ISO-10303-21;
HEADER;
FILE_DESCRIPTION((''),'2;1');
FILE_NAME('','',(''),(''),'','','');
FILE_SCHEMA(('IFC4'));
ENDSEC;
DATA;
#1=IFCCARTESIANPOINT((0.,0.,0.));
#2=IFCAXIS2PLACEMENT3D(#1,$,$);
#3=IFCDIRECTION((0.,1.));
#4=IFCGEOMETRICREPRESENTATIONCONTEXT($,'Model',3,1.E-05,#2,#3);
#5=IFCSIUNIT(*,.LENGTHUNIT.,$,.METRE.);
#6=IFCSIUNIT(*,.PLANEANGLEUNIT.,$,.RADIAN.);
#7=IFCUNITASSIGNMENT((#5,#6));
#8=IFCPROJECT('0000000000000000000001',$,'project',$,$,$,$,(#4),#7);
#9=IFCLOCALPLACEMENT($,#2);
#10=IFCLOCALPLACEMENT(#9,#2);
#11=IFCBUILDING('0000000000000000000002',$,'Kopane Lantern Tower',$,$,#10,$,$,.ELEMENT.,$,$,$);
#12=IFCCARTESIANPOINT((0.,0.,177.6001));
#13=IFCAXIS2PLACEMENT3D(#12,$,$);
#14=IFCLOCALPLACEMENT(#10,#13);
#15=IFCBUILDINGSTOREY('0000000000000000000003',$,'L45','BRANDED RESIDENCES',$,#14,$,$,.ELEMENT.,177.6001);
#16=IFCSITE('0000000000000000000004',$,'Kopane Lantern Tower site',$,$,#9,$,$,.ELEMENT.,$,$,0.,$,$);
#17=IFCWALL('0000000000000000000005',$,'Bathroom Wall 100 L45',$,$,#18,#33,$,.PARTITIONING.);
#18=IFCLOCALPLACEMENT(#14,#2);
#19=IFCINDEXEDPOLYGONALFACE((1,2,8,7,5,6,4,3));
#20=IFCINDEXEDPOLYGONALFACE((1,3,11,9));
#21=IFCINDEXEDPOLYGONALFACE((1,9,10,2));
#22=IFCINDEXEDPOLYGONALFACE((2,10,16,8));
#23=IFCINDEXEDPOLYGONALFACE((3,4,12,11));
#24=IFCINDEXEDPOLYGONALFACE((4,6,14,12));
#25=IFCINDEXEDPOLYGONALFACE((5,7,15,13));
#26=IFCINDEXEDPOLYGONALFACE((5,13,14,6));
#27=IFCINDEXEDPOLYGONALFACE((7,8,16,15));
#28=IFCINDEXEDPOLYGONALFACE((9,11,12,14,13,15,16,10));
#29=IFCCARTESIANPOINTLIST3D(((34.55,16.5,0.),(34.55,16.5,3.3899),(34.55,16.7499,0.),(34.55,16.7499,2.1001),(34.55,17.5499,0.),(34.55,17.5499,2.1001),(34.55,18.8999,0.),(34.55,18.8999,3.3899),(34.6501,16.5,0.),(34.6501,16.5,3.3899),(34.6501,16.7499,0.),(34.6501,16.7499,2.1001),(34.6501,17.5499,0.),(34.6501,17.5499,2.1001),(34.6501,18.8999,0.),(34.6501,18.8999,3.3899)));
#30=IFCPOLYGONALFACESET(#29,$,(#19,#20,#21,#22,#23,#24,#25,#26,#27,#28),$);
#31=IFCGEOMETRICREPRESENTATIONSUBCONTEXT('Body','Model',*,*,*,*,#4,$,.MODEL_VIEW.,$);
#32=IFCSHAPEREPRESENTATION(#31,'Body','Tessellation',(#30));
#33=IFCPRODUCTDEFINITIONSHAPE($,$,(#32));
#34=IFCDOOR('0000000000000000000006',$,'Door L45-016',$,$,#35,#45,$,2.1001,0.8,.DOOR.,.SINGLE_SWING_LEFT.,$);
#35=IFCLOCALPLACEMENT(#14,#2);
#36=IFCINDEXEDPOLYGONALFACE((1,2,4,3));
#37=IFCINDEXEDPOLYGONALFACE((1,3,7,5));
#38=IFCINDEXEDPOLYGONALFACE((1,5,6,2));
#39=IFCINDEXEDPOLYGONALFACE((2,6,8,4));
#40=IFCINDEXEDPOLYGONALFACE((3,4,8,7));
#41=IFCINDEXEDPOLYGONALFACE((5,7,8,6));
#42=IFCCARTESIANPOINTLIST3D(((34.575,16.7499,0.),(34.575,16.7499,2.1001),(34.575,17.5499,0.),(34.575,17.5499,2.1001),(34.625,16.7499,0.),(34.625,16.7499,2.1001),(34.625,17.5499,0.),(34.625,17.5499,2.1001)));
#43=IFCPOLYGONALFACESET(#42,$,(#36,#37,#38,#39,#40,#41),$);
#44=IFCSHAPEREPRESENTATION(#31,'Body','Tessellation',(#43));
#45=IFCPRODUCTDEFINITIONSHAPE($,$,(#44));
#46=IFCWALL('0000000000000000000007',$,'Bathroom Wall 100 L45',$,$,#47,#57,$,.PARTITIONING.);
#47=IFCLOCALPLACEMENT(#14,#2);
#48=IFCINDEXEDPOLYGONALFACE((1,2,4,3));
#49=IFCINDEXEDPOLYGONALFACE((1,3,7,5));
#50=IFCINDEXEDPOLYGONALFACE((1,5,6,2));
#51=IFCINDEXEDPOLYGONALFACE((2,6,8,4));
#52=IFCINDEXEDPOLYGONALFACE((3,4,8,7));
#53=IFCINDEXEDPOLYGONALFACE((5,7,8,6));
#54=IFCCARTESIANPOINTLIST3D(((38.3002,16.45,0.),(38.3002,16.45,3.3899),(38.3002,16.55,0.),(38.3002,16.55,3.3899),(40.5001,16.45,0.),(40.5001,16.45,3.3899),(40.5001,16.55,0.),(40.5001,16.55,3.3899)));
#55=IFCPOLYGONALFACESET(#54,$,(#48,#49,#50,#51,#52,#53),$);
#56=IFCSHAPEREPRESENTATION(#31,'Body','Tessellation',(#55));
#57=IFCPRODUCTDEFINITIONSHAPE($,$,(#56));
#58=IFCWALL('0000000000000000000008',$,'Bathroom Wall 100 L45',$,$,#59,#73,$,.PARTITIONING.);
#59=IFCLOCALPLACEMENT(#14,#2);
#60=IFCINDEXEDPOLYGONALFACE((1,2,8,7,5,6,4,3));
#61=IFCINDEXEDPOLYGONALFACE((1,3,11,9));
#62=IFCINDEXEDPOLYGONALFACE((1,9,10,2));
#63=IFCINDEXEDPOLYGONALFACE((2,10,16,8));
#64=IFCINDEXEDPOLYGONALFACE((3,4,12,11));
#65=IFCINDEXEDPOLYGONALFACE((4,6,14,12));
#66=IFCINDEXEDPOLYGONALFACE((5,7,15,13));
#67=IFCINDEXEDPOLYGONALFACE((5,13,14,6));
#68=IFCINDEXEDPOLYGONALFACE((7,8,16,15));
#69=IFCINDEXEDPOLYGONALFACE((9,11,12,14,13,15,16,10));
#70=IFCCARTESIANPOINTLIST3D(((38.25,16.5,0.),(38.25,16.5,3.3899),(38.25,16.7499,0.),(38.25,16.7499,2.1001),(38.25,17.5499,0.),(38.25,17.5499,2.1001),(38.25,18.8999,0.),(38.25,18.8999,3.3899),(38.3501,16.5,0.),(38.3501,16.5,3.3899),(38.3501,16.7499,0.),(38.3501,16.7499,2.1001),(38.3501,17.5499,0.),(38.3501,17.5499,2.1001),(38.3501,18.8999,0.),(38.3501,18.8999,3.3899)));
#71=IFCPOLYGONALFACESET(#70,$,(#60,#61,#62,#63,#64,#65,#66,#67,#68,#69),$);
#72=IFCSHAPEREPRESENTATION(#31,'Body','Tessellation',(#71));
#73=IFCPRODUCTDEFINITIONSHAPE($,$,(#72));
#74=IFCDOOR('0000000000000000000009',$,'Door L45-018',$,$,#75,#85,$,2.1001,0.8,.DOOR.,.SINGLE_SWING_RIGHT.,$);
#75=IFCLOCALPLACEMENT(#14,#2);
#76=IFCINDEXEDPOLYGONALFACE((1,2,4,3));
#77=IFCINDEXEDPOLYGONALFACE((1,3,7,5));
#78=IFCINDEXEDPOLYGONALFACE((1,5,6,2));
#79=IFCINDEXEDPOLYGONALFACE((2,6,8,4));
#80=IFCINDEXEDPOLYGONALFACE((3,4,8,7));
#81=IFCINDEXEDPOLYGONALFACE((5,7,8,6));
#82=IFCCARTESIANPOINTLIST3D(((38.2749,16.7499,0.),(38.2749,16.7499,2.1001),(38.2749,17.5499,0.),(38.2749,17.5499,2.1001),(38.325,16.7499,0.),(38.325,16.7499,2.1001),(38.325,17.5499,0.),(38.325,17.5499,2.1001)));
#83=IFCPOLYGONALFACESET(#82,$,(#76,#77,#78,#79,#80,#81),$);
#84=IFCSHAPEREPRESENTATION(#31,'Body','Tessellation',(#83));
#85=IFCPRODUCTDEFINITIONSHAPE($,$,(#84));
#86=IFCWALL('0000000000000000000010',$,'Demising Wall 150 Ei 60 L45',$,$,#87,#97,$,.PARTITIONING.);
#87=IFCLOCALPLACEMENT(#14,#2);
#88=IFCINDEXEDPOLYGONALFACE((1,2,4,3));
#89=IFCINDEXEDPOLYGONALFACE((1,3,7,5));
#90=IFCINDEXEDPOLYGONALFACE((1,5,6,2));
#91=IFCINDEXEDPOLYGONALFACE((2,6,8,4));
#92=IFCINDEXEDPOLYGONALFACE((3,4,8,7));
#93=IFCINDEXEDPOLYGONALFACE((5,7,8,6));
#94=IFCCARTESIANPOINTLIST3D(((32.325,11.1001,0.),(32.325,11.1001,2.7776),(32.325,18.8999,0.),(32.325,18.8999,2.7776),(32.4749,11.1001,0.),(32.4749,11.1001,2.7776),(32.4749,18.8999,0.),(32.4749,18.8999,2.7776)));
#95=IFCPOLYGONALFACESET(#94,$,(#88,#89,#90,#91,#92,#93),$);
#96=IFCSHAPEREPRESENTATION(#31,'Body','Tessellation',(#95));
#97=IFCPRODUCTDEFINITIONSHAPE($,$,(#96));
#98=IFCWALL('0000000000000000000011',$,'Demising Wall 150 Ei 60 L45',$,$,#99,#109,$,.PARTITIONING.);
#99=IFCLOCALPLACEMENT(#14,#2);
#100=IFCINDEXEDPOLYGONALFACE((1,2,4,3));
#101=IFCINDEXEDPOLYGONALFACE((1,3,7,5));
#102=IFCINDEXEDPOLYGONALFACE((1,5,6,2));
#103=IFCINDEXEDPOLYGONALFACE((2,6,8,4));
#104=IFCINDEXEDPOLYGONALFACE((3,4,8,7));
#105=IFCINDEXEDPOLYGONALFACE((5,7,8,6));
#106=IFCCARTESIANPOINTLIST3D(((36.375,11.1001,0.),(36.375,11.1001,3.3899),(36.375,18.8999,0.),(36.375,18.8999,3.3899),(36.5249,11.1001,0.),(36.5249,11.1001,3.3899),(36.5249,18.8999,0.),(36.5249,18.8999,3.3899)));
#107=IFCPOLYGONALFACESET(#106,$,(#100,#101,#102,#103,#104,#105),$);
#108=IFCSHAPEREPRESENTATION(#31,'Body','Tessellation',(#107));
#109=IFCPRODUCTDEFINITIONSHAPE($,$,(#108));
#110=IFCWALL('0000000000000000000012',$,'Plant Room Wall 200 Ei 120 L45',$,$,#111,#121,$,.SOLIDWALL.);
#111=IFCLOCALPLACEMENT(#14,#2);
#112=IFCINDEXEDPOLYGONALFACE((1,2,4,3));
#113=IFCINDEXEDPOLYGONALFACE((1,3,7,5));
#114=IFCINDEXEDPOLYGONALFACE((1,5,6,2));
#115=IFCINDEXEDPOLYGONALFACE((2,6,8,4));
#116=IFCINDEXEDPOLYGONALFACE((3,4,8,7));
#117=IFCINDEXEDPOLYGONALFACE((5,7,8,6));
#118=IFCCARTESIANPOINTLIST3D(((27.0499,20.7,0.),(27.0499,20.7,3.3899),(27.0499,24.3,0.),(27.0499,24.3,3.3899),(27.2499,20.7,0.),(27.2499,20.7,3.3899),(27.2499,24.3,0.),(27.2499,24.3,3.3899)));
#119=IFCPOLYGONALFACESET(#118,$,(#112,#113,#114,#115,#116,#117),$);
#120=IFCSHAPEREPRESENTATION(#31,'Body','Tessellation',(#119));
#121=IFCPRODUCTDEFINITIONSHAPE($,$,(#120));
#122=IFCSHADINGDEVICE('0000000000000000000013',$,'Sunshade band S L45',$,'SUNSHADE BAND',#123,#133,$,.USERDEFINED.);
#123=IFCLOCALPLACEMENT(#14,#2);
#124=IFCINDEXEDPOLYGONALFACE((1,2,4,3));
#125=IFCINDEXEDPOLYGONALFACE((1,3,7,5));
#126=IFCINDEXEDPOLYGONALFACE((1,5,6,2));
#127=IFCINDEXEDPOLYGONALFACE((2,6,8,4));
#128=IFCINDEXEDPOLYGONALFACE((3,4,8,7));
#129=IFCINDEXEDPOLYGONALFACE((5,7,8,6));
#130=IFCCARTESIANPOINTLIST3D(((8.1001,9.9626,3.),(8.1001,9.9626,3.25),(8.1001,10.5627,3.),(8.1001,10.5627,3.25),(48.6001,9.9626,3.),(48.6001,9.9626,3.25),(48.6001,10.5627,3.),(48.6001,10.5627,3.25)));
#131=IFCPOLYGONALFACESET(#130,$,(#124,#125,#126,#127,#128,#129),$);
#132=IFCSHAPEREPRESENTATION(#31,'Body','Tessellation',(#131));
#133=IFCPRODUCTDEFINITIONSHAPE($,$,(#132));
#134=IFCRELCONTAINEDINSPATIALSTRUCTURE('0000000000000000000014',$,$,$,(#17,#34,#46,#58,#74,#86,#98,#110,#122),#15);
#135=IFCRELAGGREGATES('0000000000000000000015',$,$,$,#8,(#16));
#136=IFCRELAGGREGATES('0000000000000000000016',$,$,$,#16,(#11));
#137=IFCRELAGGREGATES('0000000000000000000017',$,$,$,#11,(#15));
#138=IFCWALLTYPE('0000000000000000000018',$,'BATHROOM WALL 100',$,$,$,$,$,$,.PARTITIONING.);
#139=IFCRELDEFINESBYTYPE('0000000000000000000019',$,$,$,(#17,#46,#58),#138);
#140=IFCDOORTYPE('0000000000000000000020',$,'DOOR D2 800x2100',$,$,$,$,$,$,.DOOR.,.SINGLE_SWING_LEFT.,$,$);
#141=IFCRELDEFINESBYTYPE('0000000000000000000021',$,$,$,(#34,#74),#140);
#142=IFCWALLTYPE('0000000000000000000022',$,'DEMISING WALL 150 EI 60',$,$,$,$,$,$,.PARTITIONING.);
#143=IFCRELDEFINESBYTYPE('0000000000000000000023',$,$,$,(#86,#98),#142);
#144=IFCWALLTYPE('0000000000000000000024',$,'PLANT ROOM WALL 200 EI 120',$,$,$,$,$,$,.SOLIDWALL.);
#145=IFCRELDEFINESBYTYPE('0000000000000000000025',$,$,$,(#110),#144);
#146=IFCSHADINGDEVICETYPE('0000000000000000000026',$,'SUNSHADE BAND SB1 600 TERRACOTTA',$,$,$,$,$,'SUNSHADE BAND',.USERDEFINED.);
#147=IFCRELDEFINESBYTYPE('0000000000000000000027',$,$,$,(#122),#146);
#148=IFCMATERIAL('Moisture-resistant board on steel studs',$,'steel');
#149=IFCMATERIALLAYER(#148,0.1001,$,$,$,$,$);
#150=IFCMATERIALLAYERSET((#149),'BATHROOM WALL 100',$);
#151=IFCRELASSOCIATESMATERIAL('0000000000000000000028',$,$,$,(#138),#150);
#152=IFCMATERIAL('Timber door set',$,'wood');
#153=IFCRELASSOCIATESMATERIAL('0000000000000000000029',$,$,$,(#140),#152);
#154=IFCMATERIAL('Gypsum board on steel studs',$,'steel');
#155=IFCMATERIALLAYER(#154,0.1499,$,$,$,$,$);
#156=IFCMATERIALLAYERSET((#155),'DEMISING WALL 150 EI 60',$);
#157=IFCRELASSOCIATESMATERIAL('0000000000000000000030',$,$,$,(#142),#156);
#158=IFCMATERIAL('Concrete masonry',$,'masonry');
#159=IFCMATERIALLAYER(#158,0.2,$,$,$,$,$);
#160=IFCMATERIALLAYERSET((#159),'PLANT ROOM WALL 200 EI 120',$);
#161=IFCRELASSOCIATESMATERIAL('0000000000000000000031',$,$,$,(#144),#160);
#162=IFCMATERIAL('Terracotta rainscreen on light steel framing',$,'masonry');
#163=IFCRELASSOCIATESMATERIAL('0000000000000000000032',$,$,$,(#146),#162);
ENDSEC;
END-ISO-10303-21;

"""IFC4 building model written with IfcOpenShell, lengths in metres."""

from ifc_helpers import new_model, si_unit, direction, frame, frame_2d, origin, origin_2d, place, context, subcontext, project, spatial, rectangle, extrude, material, layer, layer_set, type_object, element, fill, save


model = new_model("IFC4")

# Units and contexts
model_context = context("Model", 3, precision=1e-05, world=origin(), true_north=direction((0.0, 1.0)))
body_context = subcontext(model_context, "Body", "Model", "MODEL_VIEW")
ifc_project = project(units=[si_unit("LENGTHUNIT", "METRE"), si_unit("PLANEANGLEUNIT", "RADIAN")], contexts=[model_context])

# Site, building, storey
site_placement = place(None, origin())
site = spatial("IfcSite", under=ifc_project, at=site_placement, Name="Kopane Lantern Tower site", CompositionType="ELEMENT", RefElevation=0.0)
building_placement = place(site_placement, origin())
building = spatial("IfcBuilding", under=site, at=building_placement, Name="Kopane Lantern Tower", CompositionType="ELEMENT")
storey_placement = place(building_placement, frame((0.0, 0.0, 177.6001)))
storey = spatial("IfcBuildingStorey", under=building, at=storey_placement, Name="L45", Description="BRANDED RESIDENCES", CompositionType="ELEMENT", Elevation=177.6001)

# Shared definitions
ifc_material_1 = material(Name="Moisture-resistant board on steel studs", Category="steel")
ifc_layer_1 = layer(ifc_material_1, 0.1001)
ifc_layer_set_1 = layer_set([ifc_layer_1], Name="BATHROOM WALL 100")
wall_type_1 = type_object("IfcWallType", Name="BATHROOM WALL 100", PredefinedType="PARTITIONING", material=ifc_layer_set_1)
ifc_material_2 = material(Name="Timber door set", Category="wood")
door_type_1 = type_object("IfcDoorType", Name="DOOR D2 800x2100", OperationType="SINGLE_SWING_LEFT", PredefinedType="DOOR", material=ifc_material_2)

# Wall, opening, door
wall_1_placement = place(storey_placement, frame((34.6001, 18.8999, 0.0), z_axis=(0.0, 0.0, 1.0), x_axis=(0.0, -1.0, 0.0)))
wall_1 = element("IfcWall", 1, at=wall_1_placement, inside=storey, type_object=wall_type_1, Name="Bathroom Wall 100 L45", PredefinedType="PARTITIONING", context=body_context, shape_type="SweptSolid", body=[
    extrude(rectangle(XDim=2.3999, YDim=0.1001, at=frame_2d((1.2, 0.0))), origin(), (0.0, 0.0, 1.0), 3.3899),
])
opening_1_placement = place(wall_1_placement, frame((1.3501, 0.0, 0.0)))
opening_1 = element("IfcOpeningElement", 2, at=opening_1_placement, cuts=wall_1, PredefinedType="OPENING", context=body_context, shape_type="SweptSolid", body=[
    extrude(rectangle(XDim=0.8, YDim=2.1001, at=frame_2d((0.3999, 1.05))), frame((0.0, 0.0601, 0.0), z_axis=(0.0, -1.0, 0.0), x_axis=(1.0, 0.0, 0.0)), (0.0, 0.0, 1.0), 0.1201),
])
door_1_placement = place(opening_1_placement, origin())
door_1 = element("IfcDoor", 3, at=door_1_placement, inside=storey, type_object=door_type_1, Name="Door L45-016", OperationType="SINGLE_SWING_LEFT", OverallHeight=2.1001, OverallWidth=0.8, PredefinedType="DOOR", context=body_context, shape_type="SweptSolid", body=[
    extrude(rectangle(XDim=0.8, YDim=2.1001, at=frame_2d((0.3999, 1.05))), frame((0.0, 0.0249, 0.0), z_axis=(0.0, -1.0, 0.0), x_axis=(1.0, 0.0, 0.0)), (0.0, 0.0, 1.0), 0.05),
])
fill(opening_1, door_1)

# Wall
wall_2_placement = place(storey_placement, frame((38.3, 16.5, 0.0), z_axis=(0.0, 0.0, 1.0), x_axis=(1.0, 0.0, 0.0)))
element("IfcWall", 4, at=wall_2_placement, inside=storey, type_object=wall_type_1, Name="Bathroom Wall 100 L45", PredefinedType="PARTITIONING", context=body_context, shape_type="SweptSolid", body=[
    extrude(rectangle(XDim=2.2, YDim=0.1001, at=frame_2d((1.1001, 0.0))), origin(), (0.0, 0.0, 1.0), 3.3899),
])

# Wall, opening, door
wall_3_placement = place(storey_placement, frame((38.3, 18.8999, 0.0), z_axis=(0.0, 0.0, 1.0), x_axis=(0.0, -1.0, 0.0)))
wall_3 = element("IfcWall", 5, at=wall_3_placement, inside=storey, type_object=wall_type_1, Name="Bathroom Wall 100 L45", PredefinedType="PARTITIONING", context=body_context, shape_type="SweptSolid", body=[
    extrude(rectangle(XDim=2.3999, YDim=0.1001, at=frame_2d((1.2, 0.0))), origin(), (0.0, 0.0, 1.0), 3.3899),
])
opening_2_placement = place(wall_3_placement, frame((1.3501, 0.0, 0.0)))
opening_2 = element("IfcOpeningElement", 6, at=opening_2_placement, cuts=wall_3, PredefinedType="OPENING", context=body_context, shape_type="SweptSolid", body=[
    extrude(rectangle(XDim=0.8, YDim=2.1001, at=frame_2d((0.3999, 1.05))), frame((0.0, 0.0601, 0.0), z_axis=(0.0, -1.0, 0.0), x_axis=(1.0, 0.0, 0.0)), (0.0, 0.0, 1.0), 0.1201),
])
door_2_placement = place(opening_2_placement, origin())
door_2 = element("IfcDoor", 7, at=door_2_placement, inside=storey, type_object=door_type_1, Name="Door L45-018", OperationType="SINGLE_SWING_RIGHT", OverallHeight=2.1001, OverallWidth=0.8, PredefinedType="DOOR", context=body_context, shape_type="SweptSolid", body=[
    extrude(rectangle(XDim=0.8, YDim=2.1001, at=frame_2d((0.3999, 1.05))), frame((0.0, 0.0249, 0.0), z_axis=(0.0, -1.0, 0.0), x_axis=(1.0, 0.0, 0.0)), (0.0, 0.0, 1.0), 0.05),
])
fill(opening_2, door_2)

# Walls
ifc_material_3 = material(Name="Gypsum board on steel studs", Category="steel")
ifc_layer_2 = layer(ifc_material_3, 0.1499)
ifc_layer_set_2 = layer_set([ifc_layer_2], Name="DEMISING WALL 150 EI 60")
wall_type_2 = type_object("IfcWallType", Name="DEMISING WALL 150 EI 60", PredefinedType="PARTITIONING", material=ifc_layer_set_2)
wall_4_placement = place(storey_placement, frame((32.3999, 18.8999, 0.0), z_axis=(0.0, 0.0, 1.0), x_axis=(0.0, -1.0, 0.0)))
element("IfcWall", 8, at=wall_4_placement, inside=storey, type_object=wall_type_2, Name="Demising Wall 150 Ei 60 L45", PredefinedType="PARTITIONING", context=body_context, shape_type="SweptSolid", body=[
    extrude(rectangle(XDim=7.7998, YDim=0.1499, at=frame_2d((3.8999, 0.0))), origin(), (0.0, 0.0, 1.0), 2.7776),
])
wall_5_placement = place(storey_placement, frame((36.45, 18.8999, 0.0), z_axis=(0.0, 0.0, 1.0), x_axis=(0.0, -1.0, 0.0)))
element("IfcWall", 9, at=wall_5_placement, inside=storey, type_object=wall_type_2, Name="Demising Wall 150 Ei 60 L45", PredefinedType="PARTITIONING", context=body_context, shape_type="SweptSolid", body=[
    extrude(rectangle(XDim=7.7998, YDim=0.1499, at=frame_2d((3.8999, 0.0))), origin(), (0.0, 0.0, 1.0), 3.3899),
])
ifc_material_4 = material(Name="Concrete masonry", Category="masonry")
ifc_layer_3 = layer(ifc_material_4, 0.2)
ifc_layer_set_3 = layer_set([ifc_layer_3], Name="PLANT ROOM WALL 200 EI 120")
wall_type_3 = type_object("IfcWallType", Name="PLANT ROOM WALL 200 EI 120", PredefinedType="SOLIDWALL", material=ifc_layer_set_3)
wall_6_placement = place(storey_placement, frame((27.1499, 20.7, 0.0), z_axis=(0.0, 0.0, 1.0), x_axis=(0.0, 1.0, 0.0)))
element("IfcWall", 10, at=wall_6_placement, inside=storey, type_object=wall_type_3, Name="Plant Room Wall 200 Ei 120 L45", PredefinedType="SOLIDWALL", context=body_context, shape_type="SweptSolid", body=[
    extrude(rectangle(XDim=3.6001, YDim=0.2, at=frame_2d((1.8, 0.0))), origin(), (0.0, 0.0, 1.0), 3.3899),
])

# Shading device
ifc_material_5 = material(Name="Terracotta rainscreen on light steel framing", Category="masonry")
shading_device_type = type_object("IfcShadingDeviceType", Name="SUNSHADE BAND SB1 600 TERRACOTTA", ElementType="SUNSHADE BAND", PredefinedType="USERDEFINED", material=ifc_material_5)
shading_device_placement = place(storey_placement, frame((28.3501, 10.2627, 3.0), z_axis=(0.0, 0.0, 1.0), x_axis=(1.0, 0.0, 0.0)))
element("IfcShadingDevice", 11, at=shading_device_placement, inside=storey, type_object=shading_device_type, Name="Sunshade band S L45", ObjectType="SUNSHADE BAND", PredefinedType="USERDEFINED", context=body_context, shape_type="SweptSolid", body=[
    extrude(rectangle(XDim=40.5, YDim=0.6001, at=origin_2d()), origin(), (0.0, 0.0, 1.0), 0.25),
])

save(model, "model.ifc")
